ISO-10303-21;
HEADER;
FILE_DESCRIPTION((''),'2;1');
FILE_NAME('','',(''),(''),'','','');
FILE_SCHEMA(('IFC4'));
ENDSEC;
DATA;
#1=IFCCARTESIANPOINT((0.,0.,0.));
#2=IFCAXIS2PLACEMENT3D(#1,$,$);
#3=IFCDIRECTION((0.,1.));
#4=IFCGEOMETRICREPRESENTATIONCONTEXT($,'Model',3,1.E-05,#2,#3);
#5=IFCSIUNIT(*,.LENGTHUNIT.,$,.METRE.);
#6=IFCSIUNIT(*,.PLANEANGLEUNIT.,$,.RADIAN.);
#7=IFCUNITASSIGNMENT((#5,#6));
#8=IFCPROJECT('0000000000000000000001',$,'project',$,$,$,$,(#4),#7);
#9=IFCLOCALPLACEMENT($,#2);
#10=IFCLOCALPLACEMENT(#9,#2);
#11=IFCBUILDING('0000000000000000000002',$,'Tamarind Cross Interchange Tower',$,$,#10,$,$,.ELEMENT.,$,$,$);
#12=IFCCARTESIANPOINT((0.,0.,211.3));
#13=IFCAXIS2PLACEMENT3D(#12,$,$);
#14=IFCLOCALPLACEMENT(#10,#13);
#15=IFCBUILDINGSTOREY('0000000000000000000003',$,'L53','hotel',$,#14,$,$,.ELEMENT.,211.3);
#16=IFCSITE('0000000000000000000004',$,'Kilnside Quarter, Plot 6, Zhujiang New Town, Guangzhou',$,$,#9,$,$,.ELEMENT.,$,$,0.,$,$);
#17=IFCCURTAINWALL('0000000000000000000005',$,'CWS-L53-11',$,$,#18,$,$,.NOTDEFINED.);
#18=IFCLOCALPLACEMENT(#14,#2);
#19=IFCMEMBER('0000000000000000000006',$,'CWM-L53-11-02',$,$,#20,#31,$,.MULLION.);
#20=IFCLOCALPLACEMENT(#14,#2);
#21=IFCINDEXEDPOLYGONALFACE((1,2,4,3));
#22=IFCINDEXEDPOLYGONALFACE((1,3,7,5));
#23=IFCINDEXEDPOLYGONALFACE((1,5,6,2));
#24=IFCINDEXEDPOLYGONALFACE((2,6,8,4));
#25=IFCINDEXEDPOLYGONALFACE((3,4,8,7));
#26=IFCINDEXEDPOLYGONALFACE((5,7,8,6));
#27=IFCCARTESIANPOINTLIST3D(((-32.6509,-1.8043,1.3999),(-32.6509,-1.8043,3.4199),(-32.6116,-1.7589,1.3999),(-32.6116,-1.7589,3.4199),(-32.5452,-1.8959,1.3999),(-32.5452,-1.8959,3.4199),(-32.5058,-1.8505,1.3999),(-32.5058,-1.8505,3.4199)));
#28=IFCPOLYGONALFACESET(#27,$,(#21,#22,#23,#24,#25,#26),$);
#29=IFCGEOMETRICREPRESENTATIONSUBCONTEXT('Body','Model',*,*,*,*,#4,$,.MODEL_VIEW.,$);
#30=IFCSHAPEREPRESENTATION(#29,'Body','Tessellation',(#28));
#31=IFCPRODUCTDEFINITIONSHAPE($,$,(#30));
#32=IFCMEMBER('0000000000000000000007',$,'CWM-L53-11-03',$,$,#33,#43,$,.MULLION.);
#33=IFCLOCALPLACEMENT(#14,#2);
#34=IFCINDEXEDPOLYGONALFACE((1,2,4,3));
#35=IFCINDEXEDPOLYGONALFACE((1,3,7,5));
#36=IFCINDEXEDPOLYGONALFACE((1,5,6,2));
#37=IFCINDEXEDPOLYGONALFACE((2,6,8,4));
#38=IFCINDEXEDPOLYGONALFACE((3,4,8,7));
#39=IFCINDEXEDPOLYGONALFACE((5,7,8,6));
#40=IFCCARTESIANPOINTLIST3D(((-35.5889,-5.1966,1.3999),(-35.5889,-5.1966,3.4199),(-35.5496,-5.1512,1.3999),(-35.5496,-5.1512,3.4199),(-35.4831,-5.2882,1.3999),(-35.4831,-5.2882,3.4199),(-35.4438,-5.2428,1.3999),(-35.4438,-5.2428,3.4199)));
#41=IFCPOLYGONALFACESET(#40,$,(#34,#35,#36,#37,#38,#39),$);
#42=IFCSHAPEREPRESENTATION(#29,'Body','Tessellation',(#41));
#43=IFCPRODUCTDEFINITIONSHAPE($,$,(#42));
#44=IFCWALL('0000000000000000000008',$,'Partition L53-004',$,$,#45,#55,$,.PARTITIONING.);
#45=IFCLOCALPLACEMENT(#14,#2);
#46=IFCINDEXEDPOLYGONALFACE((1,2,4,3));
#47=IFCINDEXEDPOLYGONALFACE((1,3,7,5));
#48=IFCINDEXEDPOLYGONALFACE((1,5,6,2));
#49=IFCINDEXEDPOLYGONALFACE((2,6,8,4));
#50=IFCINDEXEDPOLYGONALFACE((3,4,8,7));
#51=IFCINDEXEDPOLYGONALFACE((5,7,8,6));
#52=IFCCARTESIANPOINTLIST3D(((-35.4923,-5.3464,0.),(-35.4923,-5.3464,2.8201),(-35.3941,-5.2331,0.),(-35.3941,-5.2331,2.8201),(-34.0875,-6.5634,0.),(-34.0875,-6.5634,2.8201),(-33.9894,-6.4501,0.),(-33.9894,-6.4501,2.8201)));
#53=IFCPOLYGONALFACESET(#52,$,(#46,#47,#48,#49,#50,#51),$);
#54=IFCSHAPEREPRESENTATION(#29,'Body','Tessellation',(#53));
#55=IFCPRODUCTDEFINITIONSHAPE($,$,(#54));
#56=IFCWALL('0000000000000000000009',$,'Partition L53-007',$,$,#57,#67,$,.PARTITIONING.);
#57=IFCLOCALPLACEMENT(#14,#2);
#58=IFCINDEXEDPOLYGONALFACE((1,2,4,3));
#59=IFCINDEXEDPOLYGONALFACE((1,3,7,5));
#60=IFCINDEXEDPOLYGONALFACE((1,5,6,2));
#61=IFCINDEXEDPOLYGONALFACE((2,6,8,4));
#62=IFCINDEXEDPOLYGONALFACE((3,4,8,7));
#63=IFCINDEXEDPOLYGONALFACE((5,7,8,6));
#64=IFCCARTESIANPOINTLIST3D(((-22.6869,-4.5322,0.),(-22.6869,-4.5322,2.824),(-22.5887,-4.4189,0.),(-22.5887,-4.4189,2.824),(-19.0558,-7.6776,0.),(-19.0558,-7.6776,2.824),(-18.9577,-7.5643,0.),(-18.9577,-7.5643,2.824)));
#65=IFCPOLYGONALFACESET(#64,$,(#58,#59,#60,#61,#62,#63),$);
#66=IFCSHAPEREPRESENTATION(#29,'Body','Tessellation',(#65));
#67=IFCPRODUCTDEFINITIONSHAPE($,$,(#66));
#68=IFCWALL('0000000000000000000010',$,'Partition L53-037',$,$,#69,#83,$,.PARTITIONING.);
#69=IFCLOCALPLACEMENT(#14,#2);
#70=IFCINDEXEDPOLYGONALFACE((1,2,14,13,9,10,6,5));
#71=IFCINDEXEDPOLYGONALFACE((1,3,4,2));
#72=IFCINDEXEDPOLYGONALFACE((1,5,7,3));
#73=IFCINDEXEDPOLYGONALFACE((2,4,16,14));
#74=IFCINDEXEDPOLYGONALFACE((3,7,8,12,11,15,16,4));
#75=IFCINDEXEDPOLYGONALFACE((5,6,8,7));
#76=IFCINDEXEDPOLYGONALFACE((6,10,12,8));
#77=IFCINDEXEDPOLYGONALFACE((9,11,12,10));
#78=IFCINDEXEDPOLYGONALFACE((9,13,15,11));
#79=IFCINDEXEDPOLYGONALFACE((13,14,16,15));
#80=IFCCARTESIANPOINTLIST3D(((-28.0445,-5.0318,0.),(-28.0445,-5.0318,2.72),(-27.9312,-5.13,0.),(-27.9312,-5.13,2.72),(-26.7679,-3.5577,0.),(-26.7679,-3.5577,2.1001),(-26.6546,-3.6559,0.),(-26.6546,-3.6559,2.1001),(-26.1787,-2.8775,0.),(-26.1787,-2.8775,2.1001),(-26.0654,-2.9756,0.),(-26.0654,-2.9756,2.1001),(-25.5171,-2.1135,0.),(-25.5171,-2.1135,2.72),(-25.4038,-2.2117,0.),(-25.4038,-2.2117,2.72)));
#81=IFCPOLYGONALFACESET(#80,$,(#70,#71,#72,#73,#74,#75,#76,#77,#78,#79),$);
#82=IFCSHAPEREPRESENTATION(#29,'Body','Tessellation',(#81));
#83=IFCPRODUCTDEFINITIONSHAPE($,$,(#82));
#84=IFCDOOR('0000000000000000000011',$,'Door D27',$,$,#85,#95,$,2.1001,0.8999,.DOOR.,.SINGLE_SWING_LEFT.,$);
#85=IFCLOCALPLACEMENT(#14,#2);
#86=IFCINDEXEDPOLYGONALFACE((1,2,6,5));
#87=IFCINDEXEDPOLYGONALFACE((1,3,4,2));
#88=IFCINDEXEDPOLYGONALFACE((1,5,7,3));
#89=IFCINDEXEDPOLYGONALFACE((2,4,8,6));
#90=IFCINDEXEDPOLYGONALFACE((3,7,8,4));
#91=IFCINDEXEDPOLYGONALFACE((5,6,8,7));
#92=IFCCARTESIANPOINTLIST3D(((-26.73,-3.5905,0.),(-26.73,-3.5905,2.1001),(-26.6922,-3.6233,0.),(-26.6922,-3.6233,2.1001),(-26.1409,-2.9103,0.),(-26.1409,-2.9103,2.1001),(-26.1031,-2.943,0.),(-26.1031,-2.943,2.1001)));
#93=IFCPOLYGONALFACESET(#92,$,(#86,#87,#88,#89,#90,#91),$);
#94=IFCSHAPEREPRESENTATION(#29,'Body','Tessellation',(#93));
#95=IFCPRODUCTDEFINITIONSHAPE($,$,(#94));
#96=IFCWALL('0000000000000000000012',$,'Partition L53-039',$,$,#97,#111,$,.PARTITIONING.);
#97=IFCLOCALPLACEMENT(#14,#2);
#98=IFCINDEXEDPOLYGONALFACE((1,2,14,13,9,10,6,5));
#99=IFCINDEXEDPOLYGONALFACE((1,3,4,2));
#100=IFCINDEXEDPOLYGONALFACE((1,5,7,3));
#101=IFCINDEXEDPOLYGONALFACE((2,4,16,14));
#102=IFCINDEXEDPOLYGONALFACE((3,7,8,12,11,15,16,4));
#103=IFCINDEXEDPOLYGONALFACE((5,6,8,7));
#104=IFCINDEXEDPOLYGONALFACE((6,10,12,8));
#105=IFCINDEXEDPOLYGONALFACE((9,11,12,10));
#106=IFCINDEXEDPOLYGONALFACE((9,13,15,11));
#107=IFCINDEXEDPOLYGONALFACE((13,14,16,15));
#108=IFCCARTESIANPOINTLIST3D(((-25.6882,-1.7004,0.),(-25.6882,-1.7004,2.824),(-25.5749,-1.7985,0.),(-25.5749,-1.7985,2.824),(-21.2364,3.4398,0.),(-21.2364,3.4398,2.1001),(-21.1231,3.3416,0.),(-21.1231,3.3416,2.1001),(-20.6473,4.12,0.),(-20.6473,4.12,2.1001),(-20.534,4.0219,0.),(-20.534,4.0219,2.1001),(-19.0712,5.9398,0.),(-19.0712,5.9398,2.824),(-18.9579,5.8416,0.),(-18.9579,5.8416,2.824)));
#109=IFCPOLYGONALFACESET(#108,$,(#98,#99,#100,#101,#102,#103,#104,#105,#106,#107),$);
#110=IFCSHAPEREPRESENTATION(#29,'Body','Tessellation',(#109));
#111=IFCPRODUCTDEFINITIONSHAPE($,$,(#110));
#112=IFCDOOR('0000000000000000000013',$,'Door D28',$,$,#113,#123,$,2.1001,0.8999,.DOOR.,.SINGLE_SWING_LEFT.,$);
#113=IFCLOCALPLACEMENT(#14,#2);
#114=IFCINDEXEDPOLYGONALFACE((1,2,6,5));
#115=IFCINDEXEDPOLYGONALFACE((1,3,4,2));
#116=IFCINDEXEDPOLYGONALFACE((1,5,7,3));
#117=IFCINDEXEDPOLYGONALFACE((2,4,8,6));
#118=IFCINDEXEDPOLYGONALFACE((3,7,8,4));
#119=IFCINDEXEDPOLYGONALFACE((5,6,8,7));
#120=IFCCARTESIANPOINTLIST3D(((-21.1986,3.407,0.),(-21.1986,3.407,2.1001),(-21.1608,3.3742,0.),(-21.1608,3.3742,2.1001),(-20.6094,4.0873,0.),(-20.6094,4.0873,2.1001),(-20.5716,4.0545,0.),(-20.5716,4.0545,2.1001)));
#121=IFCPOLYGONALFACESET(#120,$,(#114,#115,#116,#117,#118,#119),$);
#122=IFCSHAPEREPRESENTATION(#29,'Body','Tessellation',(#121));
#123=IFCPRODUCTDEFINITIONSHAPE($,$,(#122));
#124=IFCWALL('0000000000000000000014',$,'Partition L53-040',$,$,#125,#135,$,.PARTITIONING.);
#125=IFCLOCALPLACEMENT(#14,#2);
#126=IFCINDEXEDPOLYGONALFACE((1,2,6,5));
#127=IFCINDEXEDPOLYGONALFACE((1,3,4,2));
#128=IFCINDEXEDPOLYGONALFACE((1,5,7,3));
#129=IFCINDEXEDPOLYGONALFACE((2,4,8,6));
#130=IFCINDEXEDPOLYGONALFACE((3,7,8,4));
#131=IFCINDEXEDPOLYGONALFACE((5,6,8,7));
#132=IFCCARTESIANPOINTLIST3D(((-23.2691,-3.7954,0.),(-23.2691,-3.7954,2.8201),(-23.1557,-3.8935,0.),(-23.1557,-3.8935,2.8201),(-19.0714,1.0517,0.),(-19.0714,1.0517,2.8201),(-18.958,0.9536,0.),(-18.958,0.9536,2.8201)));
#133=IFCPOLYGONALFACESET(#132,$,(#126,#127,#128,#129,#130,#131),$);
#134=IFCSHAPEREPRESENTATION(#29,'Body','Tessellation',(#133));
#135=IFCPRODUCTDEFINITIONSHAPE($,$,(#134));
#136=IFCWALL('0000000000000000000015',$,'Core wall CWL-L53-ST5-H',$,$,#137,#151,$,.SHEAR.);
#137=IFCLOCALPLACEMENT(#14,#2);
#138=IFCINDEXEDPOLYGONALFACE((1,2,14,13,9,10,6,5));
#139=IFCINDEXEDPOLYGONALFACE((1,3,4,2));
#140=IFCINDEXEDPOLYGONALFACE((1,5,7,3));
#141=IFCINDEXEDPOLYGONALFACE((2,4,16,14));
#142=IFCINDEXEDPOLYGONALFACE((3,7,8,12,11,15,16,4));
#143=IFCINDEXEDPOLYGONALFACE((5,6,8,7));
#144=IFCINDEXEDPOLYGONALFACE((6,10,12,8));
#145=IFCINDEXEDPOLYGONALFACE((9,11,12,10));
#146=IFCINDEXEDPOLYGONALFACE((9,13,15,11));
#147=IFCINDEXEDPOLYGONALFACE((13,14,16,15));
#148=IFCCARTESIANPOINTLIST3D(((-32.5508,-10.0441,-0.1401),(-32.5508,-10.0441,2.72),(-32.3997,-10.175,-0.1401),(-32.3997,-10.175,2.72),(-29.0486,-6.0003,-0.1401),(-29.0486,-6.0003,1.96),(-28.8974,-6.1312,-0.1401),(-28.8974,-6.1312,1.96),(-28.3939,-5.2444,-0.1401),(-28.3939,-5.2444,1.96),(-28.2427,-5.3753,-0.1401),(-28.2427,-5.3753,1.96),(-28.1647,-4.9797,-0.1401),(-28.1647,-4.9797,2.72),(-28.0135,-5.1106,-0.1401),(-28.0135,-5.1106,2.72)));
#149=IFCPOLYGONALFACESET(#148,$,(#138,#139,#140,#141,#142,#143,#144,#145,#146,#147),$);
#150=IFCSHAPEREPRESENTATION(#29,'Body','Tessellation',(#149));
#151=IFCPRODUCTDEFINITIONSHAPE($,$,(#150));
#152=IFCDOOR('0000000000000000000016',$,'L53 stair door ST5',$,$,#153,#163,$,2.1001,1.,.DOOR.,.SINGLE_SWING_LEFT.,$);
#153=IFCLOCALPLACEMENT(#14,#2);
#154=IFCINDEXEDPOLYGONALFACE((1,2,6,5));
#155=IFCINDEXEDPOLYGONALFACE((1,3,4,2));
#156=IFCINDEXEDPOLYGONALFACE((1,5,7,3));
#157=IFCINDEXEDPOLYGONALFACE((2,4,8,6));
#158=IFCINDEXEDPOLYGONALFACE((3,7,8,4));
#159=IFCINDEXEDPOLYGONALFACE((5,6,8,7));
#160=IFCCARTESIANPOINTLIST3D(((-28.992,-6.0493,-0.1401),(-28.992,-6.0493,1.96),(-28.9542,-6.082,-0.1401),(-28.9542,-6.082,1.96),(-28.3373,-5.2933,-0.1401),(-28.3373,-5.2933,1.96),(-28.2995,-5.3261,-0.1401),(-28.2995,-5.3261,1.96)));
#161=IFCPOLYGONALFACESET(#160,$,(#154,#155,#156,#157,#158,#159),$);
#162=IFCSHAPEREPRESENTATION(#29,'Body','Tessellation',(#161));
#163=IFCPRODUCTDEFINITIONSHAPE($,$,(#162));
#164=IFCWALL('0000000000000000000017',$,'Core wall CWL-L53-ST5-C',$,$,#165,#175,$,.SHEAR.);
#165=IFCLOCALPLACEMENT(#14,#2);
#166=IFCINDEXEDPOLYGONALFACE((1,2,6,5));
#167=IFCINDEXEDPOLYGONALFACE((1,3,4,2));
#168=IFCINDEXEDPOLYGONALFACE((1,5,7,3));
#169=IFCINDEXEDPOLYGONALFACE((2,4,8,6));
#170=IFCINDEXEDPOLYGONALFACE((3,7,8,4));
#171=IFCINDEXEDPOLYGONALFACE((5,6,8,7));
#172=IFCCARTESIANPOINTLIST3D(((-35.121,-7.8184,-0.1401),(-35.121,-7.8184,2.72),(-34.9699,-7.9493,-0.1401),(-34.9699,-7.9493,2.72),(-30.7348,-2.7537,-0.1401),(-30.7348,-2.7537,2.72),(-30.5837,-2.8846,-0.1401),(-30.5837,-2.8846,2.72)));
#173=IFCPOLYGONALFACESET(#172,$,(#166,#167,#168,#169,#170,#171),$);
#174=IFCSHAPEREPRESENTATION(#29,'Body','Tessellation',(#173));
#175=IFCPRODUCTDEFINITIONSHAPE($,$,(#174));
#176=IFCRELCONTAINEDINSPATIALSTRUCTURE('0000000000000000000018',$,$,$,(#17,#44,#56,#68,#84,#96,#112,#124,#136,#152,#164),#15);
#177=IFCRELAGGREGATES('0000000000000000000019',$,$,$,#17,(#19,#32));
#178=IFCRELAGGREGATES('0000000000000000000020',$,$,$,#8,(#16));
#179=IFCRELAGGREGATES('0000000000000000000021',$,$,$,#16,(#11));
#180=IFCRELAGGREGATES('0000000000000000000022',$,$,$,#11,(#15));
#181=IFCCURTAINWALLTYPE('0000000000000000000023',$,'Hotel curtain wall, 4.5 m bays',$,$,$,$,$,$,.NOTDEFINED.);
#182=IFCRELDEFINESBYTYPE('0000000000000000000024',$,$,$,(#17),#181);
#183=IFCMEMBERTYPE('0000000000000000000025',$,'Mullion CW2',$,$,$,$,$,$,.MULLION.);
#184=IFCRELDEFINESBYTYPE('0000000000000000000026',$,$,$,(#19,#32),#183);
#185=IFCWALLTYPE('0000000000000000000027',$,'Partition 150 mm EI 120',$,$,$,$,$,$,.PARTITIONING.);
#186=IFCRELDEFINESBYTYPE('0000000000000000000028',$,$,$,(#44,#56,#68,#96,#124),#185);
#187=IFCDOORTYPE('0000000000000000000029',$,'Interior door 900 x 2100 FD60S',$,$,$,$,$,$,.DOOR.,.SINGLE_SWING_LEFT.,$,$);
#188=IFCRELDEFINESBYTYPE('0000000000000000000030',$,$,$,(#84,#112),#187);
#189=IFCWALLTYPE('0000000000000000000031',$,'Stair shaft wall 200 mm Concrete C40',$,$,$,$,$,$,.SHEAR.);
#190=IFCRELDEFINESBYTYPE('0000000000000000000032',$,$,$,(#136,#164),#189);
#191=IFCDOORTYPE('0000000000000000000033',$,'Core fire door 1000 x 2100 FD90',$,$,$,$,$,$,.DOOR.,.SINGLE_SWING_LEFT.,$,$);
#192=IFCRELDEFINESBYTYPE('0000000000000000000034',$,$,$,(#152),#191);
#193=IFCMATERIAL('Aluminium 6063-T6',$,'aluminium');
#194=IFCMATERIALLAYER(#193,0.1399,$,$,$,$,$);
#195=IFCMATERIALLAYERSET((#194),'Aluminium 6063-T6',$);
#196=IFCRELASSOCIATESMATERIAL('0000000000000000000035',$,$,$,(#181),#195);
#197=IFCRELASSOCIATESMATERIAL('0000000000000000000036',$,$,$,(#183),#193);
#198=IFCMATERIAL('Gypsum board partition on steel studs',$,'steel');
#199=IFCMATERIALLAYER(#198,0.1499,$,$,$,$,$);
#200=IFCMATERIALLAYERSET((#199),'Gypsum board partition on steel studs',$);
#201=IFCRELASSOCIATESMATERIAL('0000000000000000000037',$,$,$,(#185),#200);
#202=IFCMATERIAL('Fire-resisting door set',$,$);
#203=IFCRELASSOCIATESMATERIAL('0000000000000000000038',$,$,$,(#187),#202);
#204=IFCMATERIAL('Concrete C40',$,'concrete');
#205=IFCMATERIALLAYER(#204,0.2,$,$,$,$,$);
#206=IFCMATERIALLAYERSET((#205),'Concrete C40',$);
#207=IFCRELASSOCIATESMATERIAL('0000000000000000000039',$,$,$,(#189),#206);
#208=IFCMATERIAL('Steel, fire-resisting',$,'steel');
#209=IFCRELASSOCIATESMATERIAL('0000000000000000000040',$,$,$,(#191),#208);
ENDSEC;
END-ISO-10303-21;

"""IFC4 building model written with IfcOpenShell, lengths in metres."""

from ifc_helpers import new_model, si_unit, direction, frame, frame_2d, origin, origin_2d, place, context, subcontext, project, spatial, rectangle, extrude, material, layer, layer_set, material_profile, profile_set, type_object, element, fill, aggregate, save


model = new_model("IFC4")

# Units and contexts
model_context = context("Model", 3, precision=1e-05, world=origin(), true_north=direction((0.0, 1.0)))
body_context = subcontext(model_context, "Body", "Model", "MODEL_VIEW")
ifc_project = project(units=[si_unit("LENGTHUNIT", "METRE"), si_unit("PLANEANGLEUNIT", "RADIAN")], contexts=[model_context])

# Site, building, storey
site_placement = place(None, origin())
site = spatial("IfcSite", under=ifc_project, at=site_placement, Name="Kilnside Quarter, Plot 6, Zhujiang New Town, Guangzhou", CompositionType="ELEMENT", RefElevation=0.0)
building_placement = place(site_placement, origin())
building = spatial("IfcBuilding", under=site, at=building_placement, Name="Tamarind Cross Interchange Tower", CompositionType="ELEMENT")
storey_placement = place(building_placement, frame((0.0, 0.0, 211.3)))
storey = spatial("IfcBuildingStorey", under=building, at=storey_placement, Name="L53", Description="hotel", CompositionType="ELEMENT", Elevation=211.3)

# Curtain wall, members
ifc_material_1 = material(Name="Aluminium 6063-T6", Category="aluminium")
ifc_layer_1 = layer(ifc_material_1, 0.1399)
ifc_layer_set_1 = layer_set([ifc_layer_1], Name="Aluminium 6063-T6")
curtain_wall_type = type_object("IfcCurtainWallType", Name="Hotel curtain wall, 4.5 m bays", PredefinedType="NOTDEFINED", material=ifc_layer_set_1)
curtain_wall_placement = place(storey_placement, origin())
curtain_wall = element("IfcCurtainWall", 1, at=curtain_wall_placement, inside=storey, type_object=curtain_wall_type, Name="CWS-L53-11", PredefinedType="NOTDEFINED")
ifc_material_profile_1 = material_profile(ifc_material_1, rectangle(XDim=0.0601, YDim=0.1399, at=origin_2d()), Name="Mullion CW2")
ifc_profile_set_1 = profile_set([ifc_material_profile_1], Name="Aluminium 6063-T6")
member_type = type_object("IfcMemberType", Name="Mullion CW2", PredefinedType="MULLION", material=ifc_profile_set_1)
member_1_placement = place(storey_placement, frame((-32.5784, -1.8274, 1.3999), z_axis=(0.0, 0.0, 1.0), x_axis=(-0.654667, -0.755917, 0.0)))
member_1 = element("IfcMember", 2, at=member_1_placement, type_object=member_type, Name="CWM-L53-11-02", PredefinedType="MULLION", context=body_context, shape_type="SweptSolid", body=[
    extrude(rectangle(XDim=0.0601, YDim=0.1399, at=origin_2d()), origin(), (0.0, 0.0, 1.0), 2.02),
])
member_2_placement = place(storey_placement, frame((-35.5164, -5.2197, 1.3999), z_axis=(0.0, 0.0, 1.0), x_axis=(-0.654667, -0.755917, 0.0)))
member_2 = element("IfcMember", 3, at=member_2_placement, type_object=member_type, Name="CWM-L53-11-03", PredefinedType="MULLION", context=body_context, shape_type="SweptSolid", body=[
    extrude(rectangle(XDim=0.0601, YDim=0.1399, at=origin_2d()), origin(), (0.0, 0.0, 1.0), 2.02),
])
aggregate(curtain_wall, [member_1, member_2])

# Walls
ifc_material_2 = material(Name="Gypsum board partition on steel studs", Category="steel")
ifc_layer_2 = layer(ifc_material_2, 0.1499)
ifc_layer_set_2 = layer_set([ifc_layer_2], Name="Gypsum board partition on steel studs")
wall_type_1 = type_object("IfcWallType", Name="Partition 150 mm EI 120", PredefinedType="PARTITIONING", material=ifc_layer_set_2)
wall_1_placement = place(storey_placement, frame((-35.4431, -5.2898, 0.0), z_axis=(0.0, 0.0, 1.0), x_axis=(0.755806, -0.654796, 0.0)))
element("IfcWall", 4, at=wall_1_placement, inside=storey, type_object=wall_type_1, Name="Partition L53-004", PredefinedType="PARTITIONING", context=body_context, shape_type="SweptSolid", body=[
    extrude(rectangle(XDim=1.8586, YDim=0.1499, at=frame_2d((0.9292, 0.0))), origin(), (0.0, 0.0, 1.0), 2.8201),
])
wall_2_placement = place(storey_placement, frame((-22.6377, -4.4756, 0.0), z_axis=(0.0, 0.0, 1.0), x_axis=(0.755838, -0.654758, 0.0)))
element("IfcWall", 5, at=wall_2_placement, inside=storey, type_object=wall_type_1, Name="Partition L53-007", PredefinedType="PARTITIONING", context=body_context, shape_type="SweptSolid", body=[
    extrude(rectangle(XDim=4.804, YDim=0.1499, at=frame_2d((2.4019, 0.0))), origin(), (0.0, 0.0, 1.0), 2.824),
])

# Walls, openings, doors
wall_3_placement = place(storey_placement, frame((-27.9878, -5.0808, 0.0), z_axis=(0.0, 0.0, 1.0), x_axis=(0.654668, 0.755916, 0.0)))
wall_3 = element("IfcWall", 6, at=wall_3_placement, inside=storey, type_object=wall_type_1, Name="Partition L53-037", PredefinedType="PARTITIONING", context=body_context, shape_type="SweptSolid", body=[
    extrude(rectangle(XDim=3.8606, YDim=0.1499, at=frame_2d((1.9302, 0.0))), origin(), (0.0, 0.0, 1.0), 2.72),
])
opening_1_placement = place(wall_3_placement, frame((1.95, 0.0, 0.0)))
opening_1 = element("IfcOpeningElement", 7, at=opening_1_placement, cuts=wall_3, PredefinedType="OPENING", context=body_context, shape_type="SweptSolid", body=[
    extrude(rectangle(XDim=0.8999, YDim=2.1001, at=frame_2d((0.45, 1.05))), frame((0.0, 0.085, 0.0), z_axis=(0.0, -1.0, 0.0), x_axis=(1.0, 0.0, 0.0)), (0.0, 0.0, 1.0), 0.1699),
])
ifc_material_3 = material(Name="Fire-resisting door set")
door_type_1 = type_object("IfcDoorType", Name="Interior door 900 x 2100 FD60S", OperationType="SINGLE_SWING_LEFT", PredefinedType="DOOR", material=ifc_material_3)
door_1_placement = place(opening_1_placement, origin())
door_1 = element("IfcDoor", 8, at=door_1_placement, inside=storey, type_object=door_type_1, Name="Door D27", OperationType="SINGLE_SWING_LEFT", OverallHeight=2.1001, OverallWidth=0.8999, PredefinedType="DOOR", context=body_context, shape_type="SweptSolid", body=[
    extrude(rectangle(XDim=0.8999, YDim=2.1001, at=frame_2d((0.45, 1.05))), frame((0.0, 0.0249, 0.0), z_axis=(0.0, -1.0, 0.0), x_axis=(1.0, 0.0, 0.0)), (0.0, 0.0, 1.0), 0.05),
])
fill(opening_1, door_1)
wall_4_placement = place(storey_placement, frame((-25.6316, -1.7495, 0.0), z_axis=(0.0, 0.0, 1.0), x_axis=(0.654676, 0.75591, 0.0)))
wall_4 = element("IfcWall", 9, at=wall_4_placement, inside=storey, type_object=wall_type_1, Name="Partition L53-039", PredefinedType="PARTITIONING", context=body_context, shape_type="SweptSolid", body=[
    extrude(rectangle(XDim=10.1072, YDim=0.1499, at=frame_2d((5.0537, 0.0))), origin(), (0.0, 0.0, 1.0), 2.824),
])
opening_2_placement = place(wall_4_placement, frame((6.8, 0.0, 0.0)))
opening_2 = element("IfcOpeningElement", 10, at=opening_2_placement, cuts=wall_4, PredefinedType="OPENING", context=body_context, shape_type="SweptSolid", body=[
    extrude(rectangle(XDim=0.8999, YDim=2.1001, at=frame_2d((0.45, 1.05))), frame((0.0, 0.085, 0.0), z_axis=(0.0, -1.0, 0.0), x_axis=(1.0, 0.0, 0.0)), (0.0, 0.0, 1.0), 0.1699),
])
door_2_placement = place(opening_2_placement, origin())
door_2 = element("IfcDoor", 11, at=door_2_placement, inside=storey, type_object=door_type_1, Name="Door D28", OperationType="SINGLE_SWING_LEFT", OverallHeight=2.1001, OverallWidth=0.8999, PredefinedType="DOOR", context=body_context, shape_type="SweptSolid", body=[
    extrude(rectangle(XDim=0.8999, YDim=2.1001, at=frame_2d((0.45, 1.05))), frame((0.0, 0.0249, 0.0), z_axis=(0.0, -1.0, 0.0), x_axis=(1.0, 0.0, 0.0)), (0.0, 0.0, 1.0), 0.05),
])
fill(opening_2, door_2)

# Wall
wall_5_placement = place(storey_placement, frame((-23.2124, -3.8445, 0.0), z_axis=(0.0, 0.0, 1.0), x_axis=(0.654652, 0.75593, 0.0)))
element("IfcWall", 12, at=wall_5_placement, inside=storey, type_object=wall_type_1, Name="Partition L53-040", PredefinedType="PARTITIONING", context=body_context, shape_type="SweptSolid", body=[
    extrude(rectangle(XDim=6.4121, YDim=0.1499, at=frame_2d((3.2061, 0.0))), origin(), (0.0, 0.0, 1.0), 2.8201),
])

# Wall, opening, door
ifc_material_4 = material(Name="Concrete C40", Category="concrete")
ifc_layer_3 = layer(ifc_material_4, 0.2)
ifc_layer_set_3 = layer_set([ifc_layer_3], Name="Concrete C40")
wall_type_2 = type_object("IfcWallType", Name="Stair shaft wall 200 mm Concrete C40", PredefinedType="SHEAR", material=ifc_layer_set_3)
wall_6_placement = place(storey_placement, frame((-28.0891, -5.0452, -0.1401), z_axis=(0.0, 0.0, 1.0), x_axis=(-0.654678, -0.755908, 0.0)))
wall_6 = element("IfcWall", 13, at=wall_6_placement, inside=storey, type_object=wall_type_2, Name="Core wall CWL-L53-ST5-H", PredefinedType="SHEAR", context=body_context, shape_type="SweptSolid", body=[
    extrude(rectangle(XDim=6.6997, YDim=0.2, at=frame_2d((3.3499, 0.0))), origin(), (0.0, 0.0, 1.0), 2.8601),
])
opening_3_placement = place(wall_6_placement, frame((0.3501, 0.0, 0.0)))
opening_3 = element("IfcOpeningElement", 14, at=opening_3_placement, cuts=wall_6, PredefinedType="OPENING", context=body_context, shape_type="SweptSolid", body=[
    extrude(rectangle(XDim=1.0, YDim=2.1001, at=frame_2d((0.5, 1.05))), frame((0.0, 0.1099, 0.0), z_axis=(0.0, -1.0, 0.0), x_axis=(1.0, 0.0, 0.0)), (0.0, 0.0, 1.0), 0.22),
])
ifc_material_5 = material(Name="Steel, fire-resisting", Category="steel")
door_type_2 = type_object("IfcDoorType", Name="Core fire door 1000 x 2100 FD90", OperationType="SINGLE_SWING_LEFT", PredefinedType="DOOR", material=ifc_material_5)
door_3_placement = place(opening_3_placement, origin())
door_3 = element("IfcDoor", 15, at=door_3_placement, inside=storey, type_object=door_type_2, Name="L53 stair door ST5", OperationType="SINGLE_SWING_LEFT", OverallHeight=2.1001, OverallWidth=1.0, PredefinedType="DOOR", context=body_context, shape_type="SweptSolid", body=[
    extrude(rectangle(XDim=1.0, YDim=2.1001, at=frame_2d((0.5, 1.05))), frame((0.0, 0.0249, 0.0), z_axis=(0.0, -1.0, 0.0), x_axis=(1.0, 0.0, 0.0)), (0.0, 0.0, 1.0), 0.05),
])
fill(opening_3, door_3)

# Wall
wall_7_placement = place(storey_placement, frame((-30.6592, -2.8191, -0.1401), z_axis=(0.0, 0.0, 1.0), x_axis=(-0.65466, -0.755923, 0.0)))
element("IfcWall", 16, at=wall_7_placement, inside=storey, type_object=wall_type_2, Name="Core wall CWL-L53-ST5-C", PredefinedType="SHEAR", context=body_context, shape_type="SweptSolid", body=[
    extrude(rectangle(XDim=6.7, YDim=0.2, at=frame_2d((3.3501, 0.0))), origin(), (0.0, 0.0, 1.0), 2.8601),
])

save(model, "model.ifc")
